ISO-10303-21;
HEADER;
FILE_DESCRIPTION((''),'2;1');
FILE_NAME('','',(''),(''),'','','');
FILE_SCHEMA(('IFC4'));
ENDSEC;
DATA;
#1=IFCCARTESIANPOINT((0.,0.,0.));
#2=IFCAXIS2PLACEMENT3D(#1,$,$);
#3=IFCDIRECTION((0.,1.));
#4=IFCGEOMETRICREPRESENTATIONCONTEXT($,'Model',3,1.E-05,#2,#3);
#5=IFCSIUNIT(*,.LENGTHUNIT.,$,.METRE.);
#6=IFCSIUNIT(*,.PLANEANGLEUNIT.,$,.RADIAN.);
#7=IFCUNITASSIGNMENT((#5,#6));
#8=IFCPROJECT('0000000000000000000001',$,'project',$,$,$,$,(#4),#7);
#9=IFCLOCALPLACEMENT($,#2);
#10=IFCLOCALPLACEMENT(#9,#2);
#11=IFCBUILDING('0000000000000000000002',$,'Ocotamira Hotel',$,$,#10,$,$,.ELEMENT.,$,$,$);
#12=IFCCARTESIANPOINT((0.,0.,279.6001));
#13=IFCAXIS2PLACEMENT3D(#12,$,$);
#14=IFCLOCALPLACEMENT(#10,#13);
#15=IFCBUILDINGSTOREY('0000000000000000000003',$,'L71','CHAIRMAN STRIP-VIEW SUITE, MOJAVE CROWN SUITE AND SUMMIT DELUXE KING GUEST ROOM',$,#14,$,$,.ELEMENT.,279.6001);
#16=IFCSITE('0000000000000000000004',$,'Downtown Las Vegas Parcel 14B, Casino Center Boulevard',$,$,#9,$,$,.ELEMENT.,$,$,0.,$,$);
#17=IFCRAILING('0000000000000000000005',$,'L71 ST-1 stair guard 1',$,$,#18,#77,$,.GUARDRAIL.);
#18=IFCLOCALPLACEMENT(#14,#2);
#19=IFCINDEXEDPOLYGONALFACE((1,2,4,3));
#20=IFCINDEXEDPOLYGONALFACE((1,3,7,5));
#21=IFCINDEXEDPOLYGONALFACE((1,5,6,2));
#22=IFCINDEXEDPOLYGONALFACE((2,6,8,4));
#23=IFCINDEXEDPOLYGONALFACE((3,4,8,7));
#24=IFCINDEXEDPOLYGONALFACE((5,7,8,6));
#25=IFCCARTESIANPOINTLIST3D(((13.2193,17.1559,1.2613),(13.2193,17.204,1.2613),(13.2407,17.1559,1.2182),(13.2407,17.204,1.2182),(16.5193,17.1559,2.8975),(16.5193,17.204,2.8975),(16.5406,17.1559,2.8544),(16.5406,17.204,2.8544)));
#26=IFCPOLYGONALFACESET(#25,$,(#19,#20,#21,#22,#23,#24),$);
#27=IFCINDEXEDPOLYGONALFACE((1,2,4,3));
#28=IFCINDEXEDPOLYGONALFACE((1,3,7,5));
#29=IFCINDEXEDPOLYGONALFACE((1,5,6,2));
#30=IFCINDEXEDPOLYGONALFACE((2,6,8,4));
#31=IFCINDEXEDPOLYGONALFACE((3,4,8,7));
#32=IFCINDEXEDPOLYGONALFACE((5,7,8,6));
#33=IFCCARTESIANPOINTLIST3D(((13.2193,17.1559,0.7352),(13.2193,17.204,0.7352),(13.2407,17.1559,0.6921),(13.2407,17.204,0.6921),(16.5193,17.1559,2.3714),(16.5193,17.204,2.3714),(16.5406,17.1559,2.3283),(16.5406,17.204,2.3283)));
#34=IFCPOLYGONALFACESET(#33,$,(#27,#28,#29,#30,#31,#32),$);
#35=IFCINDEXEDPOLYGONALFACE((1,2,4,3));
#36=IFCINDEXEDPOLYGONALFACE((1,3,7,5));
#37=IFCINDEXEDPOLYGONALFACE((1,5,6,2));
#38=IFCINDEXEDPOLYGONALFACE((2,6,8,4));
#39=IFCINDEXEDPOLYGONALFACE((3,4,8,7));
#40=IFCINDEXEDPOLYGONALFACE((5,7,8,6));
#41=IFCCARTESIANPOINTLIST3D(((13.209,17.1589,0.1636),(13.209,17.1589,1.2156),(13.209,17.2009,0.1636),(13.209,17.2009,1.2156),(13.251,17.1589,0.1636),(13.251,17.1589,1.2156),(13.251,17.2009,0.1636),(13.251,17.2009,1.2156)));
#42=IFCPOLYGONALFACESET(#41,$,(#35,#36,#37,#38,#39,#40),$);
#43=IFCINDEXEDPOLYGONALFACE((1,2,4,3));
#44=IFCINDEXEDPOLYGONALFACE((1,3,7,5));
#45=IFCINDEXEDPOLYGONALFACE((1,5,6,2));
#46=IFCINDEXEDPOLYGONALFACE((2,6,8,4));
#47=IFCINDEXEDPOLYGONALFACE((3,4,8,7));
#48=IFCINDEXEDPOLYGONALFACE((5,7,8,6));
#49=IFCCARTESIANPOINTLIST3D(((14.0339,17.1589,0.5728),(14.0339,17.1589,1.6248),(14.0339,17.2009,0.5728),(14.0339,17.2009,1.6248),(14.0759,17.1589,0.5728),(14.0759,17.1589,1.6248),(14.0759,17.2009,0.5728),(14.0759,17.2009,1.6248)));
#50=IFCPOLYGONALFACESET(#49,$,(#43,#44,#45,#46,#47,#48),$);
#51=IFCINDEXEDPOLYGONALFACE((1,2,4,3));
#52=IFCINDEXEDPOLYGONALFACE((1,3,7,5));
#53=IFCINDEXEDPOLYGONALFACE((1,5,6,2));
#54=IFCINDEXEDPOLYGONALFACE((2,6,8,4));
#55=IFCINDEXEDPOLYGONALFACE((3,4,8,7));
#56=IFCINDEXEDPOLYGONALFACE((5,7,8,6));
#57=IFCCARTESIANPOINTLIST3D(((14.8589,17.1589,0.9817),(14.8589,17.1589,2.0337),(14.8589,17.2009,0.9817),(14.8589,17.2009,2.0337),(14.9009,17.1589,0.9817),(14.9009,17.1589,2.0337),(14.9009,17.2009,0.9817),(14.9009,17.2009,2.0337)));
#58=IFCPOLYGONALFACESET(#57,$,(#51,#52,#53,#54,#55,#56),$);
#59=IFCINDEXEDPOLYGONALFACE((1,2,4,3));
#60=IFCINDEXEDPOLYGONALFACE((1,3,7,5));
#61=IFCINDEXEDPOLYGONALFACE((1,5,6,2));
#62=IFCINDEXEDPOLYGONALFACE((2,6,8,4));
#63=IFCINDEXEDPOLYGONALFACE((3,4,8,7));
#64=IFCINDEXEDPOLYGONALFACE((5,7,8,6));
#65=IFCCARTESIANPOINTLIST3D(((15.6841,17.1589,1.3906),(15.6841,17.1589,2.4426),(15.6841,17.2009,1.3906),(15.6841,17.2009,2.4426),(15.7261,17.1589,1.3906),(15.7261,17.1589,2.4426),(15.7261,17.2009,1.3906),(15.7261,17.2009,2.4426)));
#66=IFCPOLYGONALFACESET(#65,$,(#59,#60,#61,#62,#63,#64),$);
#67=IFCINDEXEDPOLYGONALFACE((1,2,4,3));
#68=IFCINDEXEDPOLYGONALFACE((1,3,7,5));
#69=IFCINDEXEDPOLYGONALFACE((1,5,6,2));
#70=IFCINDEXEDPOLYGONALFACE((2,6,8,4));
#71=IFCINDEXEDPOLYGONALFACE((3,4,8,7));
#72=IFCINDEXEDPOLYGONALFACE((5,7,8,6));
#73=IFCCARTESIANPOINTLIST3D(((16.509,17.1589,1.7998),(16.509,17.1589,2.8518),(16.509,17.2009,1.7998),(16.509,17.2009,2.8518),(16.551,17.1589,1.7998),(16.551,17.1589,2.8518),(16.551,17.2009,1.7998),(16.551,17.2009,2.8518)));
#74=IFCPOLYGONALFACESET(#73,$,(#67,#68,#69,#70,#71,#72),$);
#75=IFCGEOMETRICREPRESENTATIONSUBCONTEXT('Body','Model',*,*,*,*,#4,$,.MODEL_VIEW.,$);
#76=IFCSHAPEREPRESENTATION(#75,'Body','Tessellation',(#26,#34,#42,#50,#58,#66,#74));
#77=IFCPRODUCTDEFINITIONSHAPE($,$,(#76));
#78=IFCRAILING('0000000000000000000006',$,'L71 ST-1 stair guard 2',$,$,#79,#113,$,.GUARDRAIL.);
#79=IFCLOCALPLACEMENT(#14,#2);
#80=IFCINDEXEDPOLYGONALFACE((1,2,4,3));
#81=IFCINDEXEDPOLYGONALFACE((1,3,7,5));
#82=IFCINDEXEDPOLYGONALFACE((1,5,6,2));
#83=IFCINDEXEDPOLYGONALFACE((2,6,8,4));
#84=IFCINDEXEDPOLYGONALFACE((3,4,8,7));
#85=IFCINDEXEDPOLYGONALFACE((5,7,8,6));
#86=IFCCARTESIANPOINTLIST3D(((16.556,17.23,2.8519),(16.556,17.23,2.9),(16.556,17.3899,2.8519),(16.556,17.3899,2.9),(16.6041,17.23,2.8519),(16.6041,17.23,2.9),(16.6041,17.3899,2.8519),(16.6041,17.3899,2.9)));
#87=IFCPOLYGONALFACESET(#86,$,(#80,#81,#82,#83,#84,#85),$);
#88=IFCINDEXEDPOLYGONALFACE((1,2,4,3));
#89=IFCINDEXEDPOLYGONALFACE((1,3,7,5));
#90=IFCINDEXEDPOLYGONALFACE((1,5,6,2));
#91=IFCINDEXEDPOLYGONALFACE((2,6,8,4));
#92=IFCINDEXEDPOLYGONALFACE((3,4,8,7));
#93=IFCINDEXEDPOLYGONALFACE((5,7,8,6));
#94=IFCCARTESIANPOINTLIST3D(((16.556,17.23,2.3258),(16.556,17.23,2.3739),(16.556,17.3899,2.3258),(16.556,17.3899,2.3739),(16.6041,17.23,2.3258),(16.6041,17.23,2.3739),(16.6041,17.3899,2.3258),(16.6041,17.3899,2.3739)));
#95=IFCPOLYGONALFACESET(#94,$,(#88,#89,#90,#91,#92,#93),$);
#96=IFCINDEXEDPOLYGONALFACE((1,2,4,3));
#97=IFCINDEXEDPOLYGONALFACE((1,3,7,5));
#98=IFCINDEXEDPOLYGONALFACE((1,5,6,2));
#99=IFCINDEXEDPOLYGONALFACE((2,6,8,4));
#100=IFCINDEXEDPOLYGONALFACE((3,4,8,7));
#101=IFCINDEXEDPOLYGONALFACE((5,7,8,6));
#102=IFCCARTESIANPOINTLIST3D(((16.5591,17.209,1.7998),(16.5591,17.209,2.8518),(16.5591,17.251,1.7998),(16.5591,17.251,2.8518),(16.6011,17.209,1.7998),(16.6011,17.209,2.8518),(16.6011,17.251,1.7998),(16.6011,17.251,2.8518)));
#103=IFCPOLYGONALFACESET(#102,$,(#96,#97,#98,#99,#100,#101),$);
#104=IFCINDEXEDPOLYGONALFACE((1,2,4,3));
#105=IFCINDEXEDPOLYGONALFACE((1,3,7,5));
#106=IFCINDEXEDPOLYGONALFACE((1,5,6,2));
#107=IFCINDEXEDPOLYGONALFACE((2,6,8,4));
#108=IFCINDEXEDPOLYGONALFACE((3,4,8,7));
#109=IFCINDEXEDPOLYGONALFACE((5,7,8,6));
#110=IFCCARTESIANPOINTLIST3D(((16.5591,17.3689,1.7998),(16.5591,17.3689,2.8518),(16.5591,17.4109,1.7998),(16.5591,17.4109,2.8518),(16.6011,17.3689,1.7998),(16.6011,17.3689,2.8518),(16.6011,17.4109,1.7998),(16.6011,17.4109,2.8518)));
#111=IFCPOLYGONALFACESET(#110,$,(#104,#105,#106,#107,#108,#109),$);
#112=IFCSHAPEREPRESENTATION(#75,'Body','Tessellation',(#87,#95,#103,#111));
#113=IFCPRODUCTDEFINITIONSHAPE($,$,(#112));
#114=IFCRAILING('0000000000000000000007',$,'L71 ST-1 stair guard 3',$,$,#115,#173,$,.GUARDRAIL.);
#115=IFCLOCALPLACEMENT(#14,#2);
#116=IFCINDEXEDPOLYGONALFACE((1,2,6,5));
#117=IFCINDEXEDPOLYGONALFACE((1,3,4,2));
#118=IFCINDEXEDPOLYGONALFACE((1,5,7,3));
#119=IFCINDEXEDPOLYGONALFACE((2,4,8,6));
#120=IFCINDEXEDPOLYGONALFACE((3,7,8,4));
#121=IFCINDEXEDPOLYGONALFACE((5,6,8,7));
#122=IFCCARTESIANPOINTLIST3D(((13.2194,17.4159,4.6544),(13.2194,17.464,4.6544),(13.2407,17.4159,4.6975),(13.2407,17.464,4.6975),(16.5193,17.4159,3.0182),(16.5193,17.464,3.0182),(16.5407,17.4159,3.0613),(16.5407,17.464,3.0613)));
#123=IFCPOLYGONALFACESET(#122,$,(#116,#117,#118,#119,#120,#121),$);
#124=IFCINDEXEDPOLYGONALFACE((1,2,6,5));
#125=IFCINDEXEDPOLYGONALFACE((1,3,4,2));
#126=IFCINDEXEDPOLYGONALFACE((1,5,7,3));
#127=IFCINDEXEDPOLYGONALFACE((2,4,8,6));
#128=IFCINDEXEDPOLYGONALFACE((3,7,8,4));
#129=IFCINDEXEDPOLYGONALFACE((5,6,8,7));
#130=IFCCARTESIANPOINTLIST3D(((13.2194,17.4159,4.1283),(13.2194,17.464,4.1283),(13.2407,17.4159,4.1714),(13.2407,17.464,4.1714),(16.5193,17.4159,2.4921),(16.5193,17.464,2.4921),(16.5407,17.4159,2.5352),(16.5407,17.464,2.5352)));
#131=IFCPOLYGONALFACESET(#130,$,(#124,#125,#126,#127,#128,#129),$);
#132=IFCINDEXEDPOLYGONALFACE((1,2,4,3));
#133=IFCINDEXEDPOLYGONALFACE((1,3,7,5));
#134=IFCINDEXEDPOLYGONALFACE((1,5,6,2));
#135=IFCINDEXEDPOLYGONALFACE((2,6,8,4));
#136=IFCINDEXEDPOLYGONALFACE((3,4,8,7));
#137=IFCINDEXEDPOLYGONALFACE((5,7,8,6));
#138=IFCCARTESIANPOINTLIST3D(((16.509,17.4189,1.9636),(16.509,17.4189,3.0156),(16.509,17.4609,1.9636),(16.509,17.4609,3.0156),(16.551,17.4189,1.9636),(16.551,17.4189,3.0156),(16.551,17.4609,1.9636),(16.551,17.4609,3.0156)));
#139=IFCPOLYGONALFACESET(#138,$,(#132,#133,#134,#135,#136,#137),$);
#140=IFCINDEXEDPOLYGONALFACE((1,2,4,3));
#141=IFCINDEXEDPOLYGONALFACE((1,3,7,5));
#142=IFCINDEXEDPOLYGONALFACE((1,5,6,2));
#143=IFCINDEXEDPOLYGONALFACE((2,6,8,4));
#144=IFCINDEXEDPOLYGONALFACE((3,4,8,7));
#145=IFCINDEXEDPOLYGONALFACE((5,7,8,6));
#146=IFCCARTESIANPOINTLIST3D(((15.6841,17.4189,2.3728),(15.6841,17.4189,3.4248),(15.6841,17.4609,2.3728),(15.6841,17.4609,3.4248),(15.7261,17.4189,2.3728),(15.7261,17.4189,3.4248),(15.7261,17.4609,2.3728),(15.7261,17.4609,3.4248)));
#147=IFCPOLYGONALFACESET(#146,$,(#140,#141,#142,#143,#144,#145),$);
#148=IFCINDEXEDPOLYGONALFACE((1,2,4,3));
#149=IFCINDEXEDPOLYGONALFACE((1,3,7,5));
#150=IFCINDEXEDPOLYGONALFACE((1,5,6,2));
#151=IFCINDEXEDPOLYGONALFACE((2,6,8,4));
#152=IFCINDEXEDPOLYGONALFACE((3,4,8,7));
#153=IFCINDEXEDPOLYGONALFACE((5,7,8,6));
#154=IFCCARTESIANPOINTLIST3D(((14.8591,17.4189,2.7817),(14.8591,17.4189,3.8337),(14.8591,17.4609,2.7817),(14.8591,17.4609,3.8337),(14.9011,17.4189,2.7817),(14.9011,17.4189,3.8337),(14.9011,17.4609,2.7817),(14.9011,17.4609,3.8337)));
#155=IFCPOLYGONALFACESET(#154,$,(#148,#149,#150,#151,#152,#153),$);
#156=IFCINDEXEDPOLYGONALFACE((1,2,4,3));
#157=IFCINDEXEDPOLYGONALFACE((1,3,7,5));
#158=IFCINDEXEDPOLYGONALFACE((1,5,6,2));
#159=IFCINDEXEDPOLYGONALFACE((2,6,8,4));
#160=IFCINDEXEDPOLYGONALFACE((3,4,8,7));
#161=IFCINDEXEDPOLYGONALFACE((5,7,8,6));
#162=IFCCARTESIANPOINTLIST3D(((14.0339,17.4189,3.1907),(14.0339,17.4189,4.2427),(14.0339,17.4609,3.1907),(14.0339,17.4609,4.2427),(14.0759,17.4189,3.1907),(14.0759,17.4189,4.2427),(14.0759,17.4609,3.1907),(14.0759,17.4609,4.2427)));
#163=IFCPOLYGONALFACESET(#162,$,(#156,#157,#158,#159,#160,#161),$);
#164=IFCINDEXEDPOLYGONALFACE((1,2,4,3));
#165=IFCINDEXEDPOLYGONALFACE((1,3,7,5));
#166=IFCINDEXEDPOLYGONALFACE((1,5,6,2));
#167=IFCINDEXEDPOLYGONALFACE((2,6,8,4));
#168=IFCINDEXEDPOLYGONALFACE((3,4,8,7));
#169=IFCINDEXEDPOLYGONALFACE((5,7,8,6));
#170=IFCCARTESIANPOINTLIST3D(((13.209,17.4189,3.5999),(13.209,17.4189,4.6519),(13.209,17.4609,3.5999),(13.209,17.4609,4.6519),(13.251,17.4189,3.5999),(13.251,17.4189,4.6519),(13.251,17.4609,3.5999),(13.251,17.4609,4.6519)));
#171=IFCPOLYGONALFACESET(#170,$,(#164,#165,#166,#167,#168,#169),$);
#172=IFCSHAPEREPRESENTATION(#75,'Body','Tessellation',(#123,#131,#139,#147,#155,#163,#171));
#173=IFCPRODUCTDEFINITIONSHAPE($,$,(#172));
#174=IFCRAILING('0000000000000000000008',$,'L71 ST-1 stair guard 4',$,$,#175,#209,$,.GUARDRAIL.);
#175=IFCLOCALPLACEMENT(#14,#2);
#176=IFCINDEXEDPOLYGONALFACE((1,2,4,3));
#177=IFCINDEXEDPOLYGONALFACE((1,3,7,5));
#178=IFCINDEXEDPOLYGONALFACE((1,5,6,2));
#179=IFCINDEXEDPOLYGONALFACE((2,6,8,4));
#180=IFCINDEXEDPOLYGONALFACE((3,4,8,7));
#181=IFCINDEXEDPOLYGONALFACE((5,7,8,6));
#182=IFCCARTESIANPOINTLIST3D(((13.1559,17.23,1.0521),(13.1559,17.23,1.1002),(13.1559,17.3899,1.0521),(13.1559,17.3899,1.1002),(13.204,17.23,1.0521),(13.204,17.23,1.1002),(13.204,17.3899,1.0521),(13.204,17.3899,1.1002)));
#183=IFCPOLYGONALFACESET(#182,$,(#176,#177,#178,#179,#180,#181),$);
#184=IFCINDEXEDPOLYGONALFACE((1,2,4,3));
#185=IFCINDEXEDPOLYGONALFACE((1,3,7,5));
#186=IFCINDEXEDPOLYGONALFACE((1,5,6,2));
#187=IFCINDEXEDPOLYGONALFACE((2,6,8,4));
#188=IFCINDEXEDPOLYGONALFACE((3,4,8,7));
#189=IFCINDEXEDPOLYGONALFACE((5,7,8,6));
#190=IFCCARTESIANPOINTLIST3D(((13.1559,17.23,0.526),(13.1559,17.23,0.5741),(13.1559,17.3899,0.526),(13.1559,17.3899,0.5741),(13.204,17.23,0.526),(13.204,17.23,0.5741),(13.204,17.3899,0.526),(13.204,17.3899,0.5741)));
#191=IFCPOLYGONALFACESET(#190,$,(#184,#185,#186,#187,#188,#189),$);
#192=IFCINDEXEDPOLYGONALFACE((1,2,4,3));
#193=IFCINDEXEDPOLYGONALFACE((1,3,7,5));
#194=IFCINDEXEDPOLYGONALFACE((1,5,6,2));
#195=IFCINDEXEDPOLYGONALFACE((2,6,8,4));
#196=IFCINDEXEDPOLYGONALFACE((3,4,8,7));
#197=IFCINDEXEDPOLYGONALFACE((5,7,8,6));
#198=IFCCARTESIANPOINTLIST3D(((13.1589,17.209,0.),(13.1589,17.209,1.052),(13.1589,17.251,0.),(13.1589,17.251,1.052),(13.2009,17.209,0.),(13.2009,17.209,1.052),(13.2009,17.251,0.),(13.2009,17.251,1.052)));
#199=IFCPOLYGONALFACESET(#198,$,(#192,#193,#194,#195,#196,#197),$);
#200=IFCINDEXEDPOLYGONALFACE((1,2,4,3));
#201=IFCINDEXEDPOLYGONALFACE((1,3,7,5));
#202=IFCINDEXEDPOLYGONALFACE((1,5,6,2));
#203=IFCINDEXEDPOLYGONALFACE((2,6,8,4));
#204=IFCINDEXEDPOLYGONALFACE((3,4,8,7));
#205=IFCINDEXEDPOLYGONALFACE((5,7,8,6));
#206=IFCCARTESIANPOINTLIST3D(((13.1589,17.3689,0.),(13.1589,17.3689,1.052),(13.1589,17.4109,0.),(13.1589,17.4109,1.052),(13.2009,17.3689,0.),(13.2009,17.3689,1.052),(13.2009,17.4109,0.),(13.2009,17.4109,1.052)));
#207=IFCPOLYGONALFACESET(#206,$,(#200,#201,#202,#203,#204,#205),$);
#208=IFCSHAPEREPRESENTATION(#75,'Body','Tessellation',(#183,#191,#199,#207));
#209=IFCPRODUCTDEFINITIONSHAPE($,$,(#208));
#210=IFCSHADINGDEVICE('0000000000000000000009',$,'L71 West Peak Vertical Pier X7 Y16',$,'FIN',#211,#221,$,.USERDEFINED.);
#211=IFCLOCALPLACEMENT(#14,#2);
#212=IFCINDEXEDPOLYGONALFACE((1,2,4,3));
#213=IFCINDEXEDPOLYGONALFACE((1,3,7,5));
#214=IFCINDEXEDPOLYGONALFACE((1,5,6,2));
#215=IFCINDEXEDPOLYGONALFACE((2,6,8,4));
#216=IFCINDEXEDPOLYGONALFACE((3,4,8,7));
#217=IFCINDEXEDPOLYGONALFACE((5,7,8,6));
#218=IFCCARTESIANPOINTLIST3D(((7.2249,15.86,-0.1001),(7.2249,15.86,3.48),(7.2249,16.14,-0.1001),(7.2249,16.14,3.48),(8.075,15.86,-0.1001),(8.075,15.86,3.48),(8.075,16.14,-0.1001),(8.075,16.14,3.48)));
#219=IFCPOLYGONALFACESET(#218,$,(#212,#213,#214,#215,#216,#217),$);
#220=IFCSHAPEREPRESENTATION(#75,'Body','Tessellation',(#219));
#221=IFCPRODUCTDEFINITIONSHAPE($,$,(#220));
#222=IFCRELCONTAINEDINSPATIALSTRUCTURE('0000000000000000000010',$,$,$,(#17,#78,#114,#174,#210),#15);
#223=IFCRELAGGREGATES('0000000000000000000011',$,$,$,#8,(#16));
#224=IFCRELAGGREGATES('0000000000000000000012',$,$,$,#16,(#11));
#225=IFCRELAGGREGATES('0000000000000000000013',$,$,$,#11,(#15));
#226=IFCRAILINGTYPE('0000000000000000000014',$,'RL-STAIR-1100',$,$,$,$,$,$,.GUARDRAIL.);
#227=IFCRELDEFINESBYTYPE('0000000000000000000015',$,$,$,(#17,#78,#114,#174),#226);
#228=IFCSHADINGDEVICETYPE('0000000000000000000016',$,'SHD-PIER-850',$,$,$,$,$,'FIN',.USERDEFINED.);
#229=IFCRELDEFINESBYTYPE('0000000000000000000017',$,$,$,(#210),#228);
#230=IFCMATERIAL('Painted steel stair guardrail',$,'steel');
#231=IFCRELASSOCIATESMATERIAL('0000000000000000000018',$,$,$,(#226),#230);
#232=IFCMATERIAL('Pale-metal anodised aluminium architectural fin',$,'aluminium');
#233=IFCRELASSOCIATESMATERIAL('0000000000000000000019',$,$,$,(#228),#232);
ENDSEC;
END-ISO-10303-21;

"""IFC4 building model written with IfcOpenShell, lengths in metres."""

from ifc_helpers import new_model, si_unit, direction, frame, origin, origin_2d, place, context, subcontext, project, spatial, rectangle, extrude, source, transform, mapped, material, type_object, element, save


model = new_model("IFC4")

# Units and contexts
model_context = context("Model", 3, precision=1e-05, world=origin(), true_north=direction((0.0, 1.0)))
body_context = subcontext(model_context, "Body", "Model", "MODEL_VIEW")
ifc_project = project(units=[si_unit("LENGTHUNIT", "METRE"), si_unit("PLANEANGLEUNIT", "RADIAN")], contexts=[model_context])

# Site, building, storey
site_placement = place(None, origin())
site = spatial("IfcSite", under=ifc_project, at=site_placement, Name="Downtown Las Vegas Parcel 14B, Casino Center Boulevard", CompositionType="ELEMENT", RefElevation=0.0)
building_placement = place(site_placement, origin())
building = spatial("IfcBuilding", under=site, at=building_placement, Name="Ocotamira Hotel", CompositionType="ELEMENT")
storey_placement = place(building_placement, frame((0.0, 0.0, 279.6001)))
storey = spatial("IfcBuildingStorey", under=building, at=storey_placement, Name="L71", Description="CHAIRMAN STRIP-VIEW SUITE, MOJAVE CROWN SUITE AND SUMMIT DELUXE KING GUEST ROOM", CompositionType="ELEMENT", Elevation=279.6001)

# Railings
ifc_material_1 = material(Name="Painted steel stair guardrail", Category="steel")
railing_type_1 = type_object("IfcRailingType", Name="RL-STAIR-1100", PredefinedType="GUARDRAIL", material=ifc_material_1)
railing_1_placement = place(storey_placement, frame((13.23, 17.1799, 0.1636)))
element("IfcRailing", 1, at=railing_1_placement, inside=storey, type_object=railing_type_1, Name="L71 ST-1 stair guard 1", PredefinedType="GUARDRAIL", context=body_context, shape_type="SweptSolid", body=[
    extrude(rectangle(XDim=0.0481, YDim=0.0481, at=origin_2d()), frame((0.0, 0.0, 1.0762), z_axis=(0.89592, 0.0, 0.444215), x_axis=(0.0, 1.0, 0.0)), (0.0, 0.0, 1.0), 3.6833),
    extrude(rectangle(XDim=0.0481, YDim=0.0481, at=origin_2d()), frame((0.0, 0.0, 0.55), z_axis=(0.89592, 0.0, 0.444215), x_axis=(0.0, 1.0, 0.0)), (0.0, 0.0, 1.0), 3.6833),
    extrude(rectangle(XDim=0.042, YDim=0.042, at=origin_2d()), origin(), (0.0, 0.0, 1.0), 1.052),
    extrude(rectangle(XDim=0.042, YDim=0.042, at=origin_2d()), frame((0.825, 0.0, 0.4092)), (0.0, 0.0, 1.0), 1.052),
    extrude(rectangle(XDim=0.042, YDim=0.042, at=origin_2d()), frame((1.6499, 0.0, 0.8181)), (0.0, 0.0, 1.0), 1.052),
    extrude(rectangle(XDim=0.042, YDim=0.042, at=origin_2d()), frame((2.4751, 0.0, 1.2271)), (0.0, 0.0, 1.0), 1.052),
    extrude(rectangle(XDim=0.042, YDim=0.042, at=origin_2d()), frame((3.3, 0.0, 1.6362)), (0.0, 0.0, 1.0), 1.052),
])
railing_2_placement = place(storey_placement, frame((16.5801, 17.23, 1.7998)))
element("IfcRailing", 2, at=railing_2_placement, inside=storey, type_object=railing_type_1, Name="L71 ST-1 stair guard 2", PredefinedType="GUARDRAIL", context=body_context, shape_type="SweptSolid", body=[
    extrude(rectangle(XDim=0.0481, YDim=0.0481, at=origin_2d()), frame((0.0, 0.0, 1.0762), z_axis=(0.0, 1.0, 0.0), x_axis=(-1.0, 0.0, 0.0)), (0.0, 0.0, 1.0), 0.1599),
    extrude(rectangle(XDim=0.0481, YDim=0.0481, at=origin_2d()), frame((0.0, 0.0, 0.55), z_axis=(0.0, 1.0, 0.0), x_axis=(-1.0, 0.0, 0.0)), (0.0, 0.0, 1.0), 0.1599),
    extrude(rectangle(XDim=0.042, YDim=0.042, at=origin_2d()), origin(), (0.0, 0.0, 1.0), 1.052),
    extrude(rectangle(XDim=0.042, YDim=0.042, at=origin_2d()), frame((0.0, 0.1599, 0.0)), (0.0, 0.0, 1.0), 1.052),
])
railing_3_placement = place(storey_placement, frame((16.53, 17.4399, 1.9636)))
element("IfcRailing", 3, at=railing_3_placement, inside=storey, type_object=railing_type_1, Name="L71 ST-1 stair guard 3", PredefinedType="GUARDRAIL", context=body_context, shape_type="SweptSolid", body=[
    extrude(rectangle(XDim=0.0481, YDim=0.0481, at=origin_2d()), frame((0.0, 0.0, 1.0762), z_axis=(-0.89592, 0.0, 0.444215), x_axis=(0.0, -1.0, 0.0)), (0.0, 0.0, 1.0), 3.6833),
    extrude(rectangle(XDim=0.0481, YDim=0.0481, at=origin_2d()), frame((0.0, 0.0, 0.55), z_axis=(-0.89592, 0.0, 0.444215), x_axis=(0.0, -1.0, 0.0)), (0.0, 0.0, 1.0), 3.6833),
    extrude(rectangle(XDim=0.042, YDim=0.042, at=origin_2d()), origin(), (0.0, 0.0, 1.0), 1.052),
    extrude(rectangle(XDim=0.042, YDim=0.042, at=origin_2d()), frame((-0.825, 0.0, 0.4092)), (0.0, 0.0, 1.0), 1.052),
    extrude(rectangle(XDim=0.042, YDim=0.042, at=origin_2d()), frame((-1.6499, 0.0, 0.8181)), (0.0, 0.0, 1.0), 1.052),
    extrude(rectangle(XDim=0.042, YDim=0.042, at=origin_2d()), frame((-2.4751, 0.0, 1.2271)), (0.0, 0.0, 1.0), 1.052),
    extrude(rectangle(XDim=0.042, YDim=0.042, at=origin_2d()), frame((-3.3, 0.0, 1.6362)), (0.0, 0.0, 1.0), 1.052),
])
railing_4_placement = place(storey_placement, frame((13.1799, 17.23, 0.0)))
element("IfcRailing", 4, at=railing_4_placement, inside=storey, type_object=railing_type_1, Name="L71 ST-1 stair guard 4", PredefinedType="GUARDRAIL", context=body_context, shape_type="SweptSolid", body=[
    extrude(rectangle(XDim=0.0481, YDim=0.0481, at=origin_2d()), frame((0.0, 0.0, 1.0762), z_axis=(0.0, 1.0, 0.0), x_axis=(-1.0, 0.0, 0.0)), (0.0, 0.0, 1.0), 0.1599),
    extrude(rectangle(XDim=0.0481, YDim=0.0481, at=origin_2d()), frame((0.0, 0.0, 0.55), z_axis=(0.0, 1.0, 0.0), x_axis=(-1.0, 0.0, 0.0)), (0.0, 0.0, 1.0), 0.1599),
    extrude(rectangle(XDim=0.042, YDim=0.042, at=origin_2d()), origin(), (0.0, 0.0, 1.0), 1.052),
    extrude(rectangle(XDim=0.042, YDim=0.042, at=origin_2d()), frame((0.0, 0.1599, 0.0)), (0.0, 0.0, 1.0), 1.052),
])

# Shading device
ifc_material_2 = material(Name="Pale-metal anodised aluminium architectural fin", Category="aluminium")
shading_device_type = type_object("IfcShadingDeviceType", Name="SHD-PIER-850", ElementType="FIN", PredefinedType="USERDEFINED", material=ifc_material_2)
shared_shape_1 = source(origin(), body_context, "Body", "SweptSolid", [
    extrude(rectangle(XDim=0.8501, YDim=0.28, at=origin_2d()), origin(), (0.0, 0.0, 1.0), 3.5801),
])
for number, where, z_axis, x_axis, name in (
    (5, (7.6499, 16.0, -0.1001), (0.0, 0.0, 1.0), (1.0, 0.0, 0.0), "L71 West Peak Vertical Pier X7 Y16"),
):
    element("IfcShadingDevice", number, at=place(storey_placement, frame(where, z_axis=z_axis, x_axis=x_axis)), inside=storey, type_object=shading_device_type, Name=name, ObjectType="FIN", PredefinedType="USERDEFINED", context=body_context, shape_type="MappedRepresentation", body=[
        mapped(shared_shape_1, transform((0.0, 0.0, 0.0), scale=1.0)),
    ])

save(model, "model.ifc")
